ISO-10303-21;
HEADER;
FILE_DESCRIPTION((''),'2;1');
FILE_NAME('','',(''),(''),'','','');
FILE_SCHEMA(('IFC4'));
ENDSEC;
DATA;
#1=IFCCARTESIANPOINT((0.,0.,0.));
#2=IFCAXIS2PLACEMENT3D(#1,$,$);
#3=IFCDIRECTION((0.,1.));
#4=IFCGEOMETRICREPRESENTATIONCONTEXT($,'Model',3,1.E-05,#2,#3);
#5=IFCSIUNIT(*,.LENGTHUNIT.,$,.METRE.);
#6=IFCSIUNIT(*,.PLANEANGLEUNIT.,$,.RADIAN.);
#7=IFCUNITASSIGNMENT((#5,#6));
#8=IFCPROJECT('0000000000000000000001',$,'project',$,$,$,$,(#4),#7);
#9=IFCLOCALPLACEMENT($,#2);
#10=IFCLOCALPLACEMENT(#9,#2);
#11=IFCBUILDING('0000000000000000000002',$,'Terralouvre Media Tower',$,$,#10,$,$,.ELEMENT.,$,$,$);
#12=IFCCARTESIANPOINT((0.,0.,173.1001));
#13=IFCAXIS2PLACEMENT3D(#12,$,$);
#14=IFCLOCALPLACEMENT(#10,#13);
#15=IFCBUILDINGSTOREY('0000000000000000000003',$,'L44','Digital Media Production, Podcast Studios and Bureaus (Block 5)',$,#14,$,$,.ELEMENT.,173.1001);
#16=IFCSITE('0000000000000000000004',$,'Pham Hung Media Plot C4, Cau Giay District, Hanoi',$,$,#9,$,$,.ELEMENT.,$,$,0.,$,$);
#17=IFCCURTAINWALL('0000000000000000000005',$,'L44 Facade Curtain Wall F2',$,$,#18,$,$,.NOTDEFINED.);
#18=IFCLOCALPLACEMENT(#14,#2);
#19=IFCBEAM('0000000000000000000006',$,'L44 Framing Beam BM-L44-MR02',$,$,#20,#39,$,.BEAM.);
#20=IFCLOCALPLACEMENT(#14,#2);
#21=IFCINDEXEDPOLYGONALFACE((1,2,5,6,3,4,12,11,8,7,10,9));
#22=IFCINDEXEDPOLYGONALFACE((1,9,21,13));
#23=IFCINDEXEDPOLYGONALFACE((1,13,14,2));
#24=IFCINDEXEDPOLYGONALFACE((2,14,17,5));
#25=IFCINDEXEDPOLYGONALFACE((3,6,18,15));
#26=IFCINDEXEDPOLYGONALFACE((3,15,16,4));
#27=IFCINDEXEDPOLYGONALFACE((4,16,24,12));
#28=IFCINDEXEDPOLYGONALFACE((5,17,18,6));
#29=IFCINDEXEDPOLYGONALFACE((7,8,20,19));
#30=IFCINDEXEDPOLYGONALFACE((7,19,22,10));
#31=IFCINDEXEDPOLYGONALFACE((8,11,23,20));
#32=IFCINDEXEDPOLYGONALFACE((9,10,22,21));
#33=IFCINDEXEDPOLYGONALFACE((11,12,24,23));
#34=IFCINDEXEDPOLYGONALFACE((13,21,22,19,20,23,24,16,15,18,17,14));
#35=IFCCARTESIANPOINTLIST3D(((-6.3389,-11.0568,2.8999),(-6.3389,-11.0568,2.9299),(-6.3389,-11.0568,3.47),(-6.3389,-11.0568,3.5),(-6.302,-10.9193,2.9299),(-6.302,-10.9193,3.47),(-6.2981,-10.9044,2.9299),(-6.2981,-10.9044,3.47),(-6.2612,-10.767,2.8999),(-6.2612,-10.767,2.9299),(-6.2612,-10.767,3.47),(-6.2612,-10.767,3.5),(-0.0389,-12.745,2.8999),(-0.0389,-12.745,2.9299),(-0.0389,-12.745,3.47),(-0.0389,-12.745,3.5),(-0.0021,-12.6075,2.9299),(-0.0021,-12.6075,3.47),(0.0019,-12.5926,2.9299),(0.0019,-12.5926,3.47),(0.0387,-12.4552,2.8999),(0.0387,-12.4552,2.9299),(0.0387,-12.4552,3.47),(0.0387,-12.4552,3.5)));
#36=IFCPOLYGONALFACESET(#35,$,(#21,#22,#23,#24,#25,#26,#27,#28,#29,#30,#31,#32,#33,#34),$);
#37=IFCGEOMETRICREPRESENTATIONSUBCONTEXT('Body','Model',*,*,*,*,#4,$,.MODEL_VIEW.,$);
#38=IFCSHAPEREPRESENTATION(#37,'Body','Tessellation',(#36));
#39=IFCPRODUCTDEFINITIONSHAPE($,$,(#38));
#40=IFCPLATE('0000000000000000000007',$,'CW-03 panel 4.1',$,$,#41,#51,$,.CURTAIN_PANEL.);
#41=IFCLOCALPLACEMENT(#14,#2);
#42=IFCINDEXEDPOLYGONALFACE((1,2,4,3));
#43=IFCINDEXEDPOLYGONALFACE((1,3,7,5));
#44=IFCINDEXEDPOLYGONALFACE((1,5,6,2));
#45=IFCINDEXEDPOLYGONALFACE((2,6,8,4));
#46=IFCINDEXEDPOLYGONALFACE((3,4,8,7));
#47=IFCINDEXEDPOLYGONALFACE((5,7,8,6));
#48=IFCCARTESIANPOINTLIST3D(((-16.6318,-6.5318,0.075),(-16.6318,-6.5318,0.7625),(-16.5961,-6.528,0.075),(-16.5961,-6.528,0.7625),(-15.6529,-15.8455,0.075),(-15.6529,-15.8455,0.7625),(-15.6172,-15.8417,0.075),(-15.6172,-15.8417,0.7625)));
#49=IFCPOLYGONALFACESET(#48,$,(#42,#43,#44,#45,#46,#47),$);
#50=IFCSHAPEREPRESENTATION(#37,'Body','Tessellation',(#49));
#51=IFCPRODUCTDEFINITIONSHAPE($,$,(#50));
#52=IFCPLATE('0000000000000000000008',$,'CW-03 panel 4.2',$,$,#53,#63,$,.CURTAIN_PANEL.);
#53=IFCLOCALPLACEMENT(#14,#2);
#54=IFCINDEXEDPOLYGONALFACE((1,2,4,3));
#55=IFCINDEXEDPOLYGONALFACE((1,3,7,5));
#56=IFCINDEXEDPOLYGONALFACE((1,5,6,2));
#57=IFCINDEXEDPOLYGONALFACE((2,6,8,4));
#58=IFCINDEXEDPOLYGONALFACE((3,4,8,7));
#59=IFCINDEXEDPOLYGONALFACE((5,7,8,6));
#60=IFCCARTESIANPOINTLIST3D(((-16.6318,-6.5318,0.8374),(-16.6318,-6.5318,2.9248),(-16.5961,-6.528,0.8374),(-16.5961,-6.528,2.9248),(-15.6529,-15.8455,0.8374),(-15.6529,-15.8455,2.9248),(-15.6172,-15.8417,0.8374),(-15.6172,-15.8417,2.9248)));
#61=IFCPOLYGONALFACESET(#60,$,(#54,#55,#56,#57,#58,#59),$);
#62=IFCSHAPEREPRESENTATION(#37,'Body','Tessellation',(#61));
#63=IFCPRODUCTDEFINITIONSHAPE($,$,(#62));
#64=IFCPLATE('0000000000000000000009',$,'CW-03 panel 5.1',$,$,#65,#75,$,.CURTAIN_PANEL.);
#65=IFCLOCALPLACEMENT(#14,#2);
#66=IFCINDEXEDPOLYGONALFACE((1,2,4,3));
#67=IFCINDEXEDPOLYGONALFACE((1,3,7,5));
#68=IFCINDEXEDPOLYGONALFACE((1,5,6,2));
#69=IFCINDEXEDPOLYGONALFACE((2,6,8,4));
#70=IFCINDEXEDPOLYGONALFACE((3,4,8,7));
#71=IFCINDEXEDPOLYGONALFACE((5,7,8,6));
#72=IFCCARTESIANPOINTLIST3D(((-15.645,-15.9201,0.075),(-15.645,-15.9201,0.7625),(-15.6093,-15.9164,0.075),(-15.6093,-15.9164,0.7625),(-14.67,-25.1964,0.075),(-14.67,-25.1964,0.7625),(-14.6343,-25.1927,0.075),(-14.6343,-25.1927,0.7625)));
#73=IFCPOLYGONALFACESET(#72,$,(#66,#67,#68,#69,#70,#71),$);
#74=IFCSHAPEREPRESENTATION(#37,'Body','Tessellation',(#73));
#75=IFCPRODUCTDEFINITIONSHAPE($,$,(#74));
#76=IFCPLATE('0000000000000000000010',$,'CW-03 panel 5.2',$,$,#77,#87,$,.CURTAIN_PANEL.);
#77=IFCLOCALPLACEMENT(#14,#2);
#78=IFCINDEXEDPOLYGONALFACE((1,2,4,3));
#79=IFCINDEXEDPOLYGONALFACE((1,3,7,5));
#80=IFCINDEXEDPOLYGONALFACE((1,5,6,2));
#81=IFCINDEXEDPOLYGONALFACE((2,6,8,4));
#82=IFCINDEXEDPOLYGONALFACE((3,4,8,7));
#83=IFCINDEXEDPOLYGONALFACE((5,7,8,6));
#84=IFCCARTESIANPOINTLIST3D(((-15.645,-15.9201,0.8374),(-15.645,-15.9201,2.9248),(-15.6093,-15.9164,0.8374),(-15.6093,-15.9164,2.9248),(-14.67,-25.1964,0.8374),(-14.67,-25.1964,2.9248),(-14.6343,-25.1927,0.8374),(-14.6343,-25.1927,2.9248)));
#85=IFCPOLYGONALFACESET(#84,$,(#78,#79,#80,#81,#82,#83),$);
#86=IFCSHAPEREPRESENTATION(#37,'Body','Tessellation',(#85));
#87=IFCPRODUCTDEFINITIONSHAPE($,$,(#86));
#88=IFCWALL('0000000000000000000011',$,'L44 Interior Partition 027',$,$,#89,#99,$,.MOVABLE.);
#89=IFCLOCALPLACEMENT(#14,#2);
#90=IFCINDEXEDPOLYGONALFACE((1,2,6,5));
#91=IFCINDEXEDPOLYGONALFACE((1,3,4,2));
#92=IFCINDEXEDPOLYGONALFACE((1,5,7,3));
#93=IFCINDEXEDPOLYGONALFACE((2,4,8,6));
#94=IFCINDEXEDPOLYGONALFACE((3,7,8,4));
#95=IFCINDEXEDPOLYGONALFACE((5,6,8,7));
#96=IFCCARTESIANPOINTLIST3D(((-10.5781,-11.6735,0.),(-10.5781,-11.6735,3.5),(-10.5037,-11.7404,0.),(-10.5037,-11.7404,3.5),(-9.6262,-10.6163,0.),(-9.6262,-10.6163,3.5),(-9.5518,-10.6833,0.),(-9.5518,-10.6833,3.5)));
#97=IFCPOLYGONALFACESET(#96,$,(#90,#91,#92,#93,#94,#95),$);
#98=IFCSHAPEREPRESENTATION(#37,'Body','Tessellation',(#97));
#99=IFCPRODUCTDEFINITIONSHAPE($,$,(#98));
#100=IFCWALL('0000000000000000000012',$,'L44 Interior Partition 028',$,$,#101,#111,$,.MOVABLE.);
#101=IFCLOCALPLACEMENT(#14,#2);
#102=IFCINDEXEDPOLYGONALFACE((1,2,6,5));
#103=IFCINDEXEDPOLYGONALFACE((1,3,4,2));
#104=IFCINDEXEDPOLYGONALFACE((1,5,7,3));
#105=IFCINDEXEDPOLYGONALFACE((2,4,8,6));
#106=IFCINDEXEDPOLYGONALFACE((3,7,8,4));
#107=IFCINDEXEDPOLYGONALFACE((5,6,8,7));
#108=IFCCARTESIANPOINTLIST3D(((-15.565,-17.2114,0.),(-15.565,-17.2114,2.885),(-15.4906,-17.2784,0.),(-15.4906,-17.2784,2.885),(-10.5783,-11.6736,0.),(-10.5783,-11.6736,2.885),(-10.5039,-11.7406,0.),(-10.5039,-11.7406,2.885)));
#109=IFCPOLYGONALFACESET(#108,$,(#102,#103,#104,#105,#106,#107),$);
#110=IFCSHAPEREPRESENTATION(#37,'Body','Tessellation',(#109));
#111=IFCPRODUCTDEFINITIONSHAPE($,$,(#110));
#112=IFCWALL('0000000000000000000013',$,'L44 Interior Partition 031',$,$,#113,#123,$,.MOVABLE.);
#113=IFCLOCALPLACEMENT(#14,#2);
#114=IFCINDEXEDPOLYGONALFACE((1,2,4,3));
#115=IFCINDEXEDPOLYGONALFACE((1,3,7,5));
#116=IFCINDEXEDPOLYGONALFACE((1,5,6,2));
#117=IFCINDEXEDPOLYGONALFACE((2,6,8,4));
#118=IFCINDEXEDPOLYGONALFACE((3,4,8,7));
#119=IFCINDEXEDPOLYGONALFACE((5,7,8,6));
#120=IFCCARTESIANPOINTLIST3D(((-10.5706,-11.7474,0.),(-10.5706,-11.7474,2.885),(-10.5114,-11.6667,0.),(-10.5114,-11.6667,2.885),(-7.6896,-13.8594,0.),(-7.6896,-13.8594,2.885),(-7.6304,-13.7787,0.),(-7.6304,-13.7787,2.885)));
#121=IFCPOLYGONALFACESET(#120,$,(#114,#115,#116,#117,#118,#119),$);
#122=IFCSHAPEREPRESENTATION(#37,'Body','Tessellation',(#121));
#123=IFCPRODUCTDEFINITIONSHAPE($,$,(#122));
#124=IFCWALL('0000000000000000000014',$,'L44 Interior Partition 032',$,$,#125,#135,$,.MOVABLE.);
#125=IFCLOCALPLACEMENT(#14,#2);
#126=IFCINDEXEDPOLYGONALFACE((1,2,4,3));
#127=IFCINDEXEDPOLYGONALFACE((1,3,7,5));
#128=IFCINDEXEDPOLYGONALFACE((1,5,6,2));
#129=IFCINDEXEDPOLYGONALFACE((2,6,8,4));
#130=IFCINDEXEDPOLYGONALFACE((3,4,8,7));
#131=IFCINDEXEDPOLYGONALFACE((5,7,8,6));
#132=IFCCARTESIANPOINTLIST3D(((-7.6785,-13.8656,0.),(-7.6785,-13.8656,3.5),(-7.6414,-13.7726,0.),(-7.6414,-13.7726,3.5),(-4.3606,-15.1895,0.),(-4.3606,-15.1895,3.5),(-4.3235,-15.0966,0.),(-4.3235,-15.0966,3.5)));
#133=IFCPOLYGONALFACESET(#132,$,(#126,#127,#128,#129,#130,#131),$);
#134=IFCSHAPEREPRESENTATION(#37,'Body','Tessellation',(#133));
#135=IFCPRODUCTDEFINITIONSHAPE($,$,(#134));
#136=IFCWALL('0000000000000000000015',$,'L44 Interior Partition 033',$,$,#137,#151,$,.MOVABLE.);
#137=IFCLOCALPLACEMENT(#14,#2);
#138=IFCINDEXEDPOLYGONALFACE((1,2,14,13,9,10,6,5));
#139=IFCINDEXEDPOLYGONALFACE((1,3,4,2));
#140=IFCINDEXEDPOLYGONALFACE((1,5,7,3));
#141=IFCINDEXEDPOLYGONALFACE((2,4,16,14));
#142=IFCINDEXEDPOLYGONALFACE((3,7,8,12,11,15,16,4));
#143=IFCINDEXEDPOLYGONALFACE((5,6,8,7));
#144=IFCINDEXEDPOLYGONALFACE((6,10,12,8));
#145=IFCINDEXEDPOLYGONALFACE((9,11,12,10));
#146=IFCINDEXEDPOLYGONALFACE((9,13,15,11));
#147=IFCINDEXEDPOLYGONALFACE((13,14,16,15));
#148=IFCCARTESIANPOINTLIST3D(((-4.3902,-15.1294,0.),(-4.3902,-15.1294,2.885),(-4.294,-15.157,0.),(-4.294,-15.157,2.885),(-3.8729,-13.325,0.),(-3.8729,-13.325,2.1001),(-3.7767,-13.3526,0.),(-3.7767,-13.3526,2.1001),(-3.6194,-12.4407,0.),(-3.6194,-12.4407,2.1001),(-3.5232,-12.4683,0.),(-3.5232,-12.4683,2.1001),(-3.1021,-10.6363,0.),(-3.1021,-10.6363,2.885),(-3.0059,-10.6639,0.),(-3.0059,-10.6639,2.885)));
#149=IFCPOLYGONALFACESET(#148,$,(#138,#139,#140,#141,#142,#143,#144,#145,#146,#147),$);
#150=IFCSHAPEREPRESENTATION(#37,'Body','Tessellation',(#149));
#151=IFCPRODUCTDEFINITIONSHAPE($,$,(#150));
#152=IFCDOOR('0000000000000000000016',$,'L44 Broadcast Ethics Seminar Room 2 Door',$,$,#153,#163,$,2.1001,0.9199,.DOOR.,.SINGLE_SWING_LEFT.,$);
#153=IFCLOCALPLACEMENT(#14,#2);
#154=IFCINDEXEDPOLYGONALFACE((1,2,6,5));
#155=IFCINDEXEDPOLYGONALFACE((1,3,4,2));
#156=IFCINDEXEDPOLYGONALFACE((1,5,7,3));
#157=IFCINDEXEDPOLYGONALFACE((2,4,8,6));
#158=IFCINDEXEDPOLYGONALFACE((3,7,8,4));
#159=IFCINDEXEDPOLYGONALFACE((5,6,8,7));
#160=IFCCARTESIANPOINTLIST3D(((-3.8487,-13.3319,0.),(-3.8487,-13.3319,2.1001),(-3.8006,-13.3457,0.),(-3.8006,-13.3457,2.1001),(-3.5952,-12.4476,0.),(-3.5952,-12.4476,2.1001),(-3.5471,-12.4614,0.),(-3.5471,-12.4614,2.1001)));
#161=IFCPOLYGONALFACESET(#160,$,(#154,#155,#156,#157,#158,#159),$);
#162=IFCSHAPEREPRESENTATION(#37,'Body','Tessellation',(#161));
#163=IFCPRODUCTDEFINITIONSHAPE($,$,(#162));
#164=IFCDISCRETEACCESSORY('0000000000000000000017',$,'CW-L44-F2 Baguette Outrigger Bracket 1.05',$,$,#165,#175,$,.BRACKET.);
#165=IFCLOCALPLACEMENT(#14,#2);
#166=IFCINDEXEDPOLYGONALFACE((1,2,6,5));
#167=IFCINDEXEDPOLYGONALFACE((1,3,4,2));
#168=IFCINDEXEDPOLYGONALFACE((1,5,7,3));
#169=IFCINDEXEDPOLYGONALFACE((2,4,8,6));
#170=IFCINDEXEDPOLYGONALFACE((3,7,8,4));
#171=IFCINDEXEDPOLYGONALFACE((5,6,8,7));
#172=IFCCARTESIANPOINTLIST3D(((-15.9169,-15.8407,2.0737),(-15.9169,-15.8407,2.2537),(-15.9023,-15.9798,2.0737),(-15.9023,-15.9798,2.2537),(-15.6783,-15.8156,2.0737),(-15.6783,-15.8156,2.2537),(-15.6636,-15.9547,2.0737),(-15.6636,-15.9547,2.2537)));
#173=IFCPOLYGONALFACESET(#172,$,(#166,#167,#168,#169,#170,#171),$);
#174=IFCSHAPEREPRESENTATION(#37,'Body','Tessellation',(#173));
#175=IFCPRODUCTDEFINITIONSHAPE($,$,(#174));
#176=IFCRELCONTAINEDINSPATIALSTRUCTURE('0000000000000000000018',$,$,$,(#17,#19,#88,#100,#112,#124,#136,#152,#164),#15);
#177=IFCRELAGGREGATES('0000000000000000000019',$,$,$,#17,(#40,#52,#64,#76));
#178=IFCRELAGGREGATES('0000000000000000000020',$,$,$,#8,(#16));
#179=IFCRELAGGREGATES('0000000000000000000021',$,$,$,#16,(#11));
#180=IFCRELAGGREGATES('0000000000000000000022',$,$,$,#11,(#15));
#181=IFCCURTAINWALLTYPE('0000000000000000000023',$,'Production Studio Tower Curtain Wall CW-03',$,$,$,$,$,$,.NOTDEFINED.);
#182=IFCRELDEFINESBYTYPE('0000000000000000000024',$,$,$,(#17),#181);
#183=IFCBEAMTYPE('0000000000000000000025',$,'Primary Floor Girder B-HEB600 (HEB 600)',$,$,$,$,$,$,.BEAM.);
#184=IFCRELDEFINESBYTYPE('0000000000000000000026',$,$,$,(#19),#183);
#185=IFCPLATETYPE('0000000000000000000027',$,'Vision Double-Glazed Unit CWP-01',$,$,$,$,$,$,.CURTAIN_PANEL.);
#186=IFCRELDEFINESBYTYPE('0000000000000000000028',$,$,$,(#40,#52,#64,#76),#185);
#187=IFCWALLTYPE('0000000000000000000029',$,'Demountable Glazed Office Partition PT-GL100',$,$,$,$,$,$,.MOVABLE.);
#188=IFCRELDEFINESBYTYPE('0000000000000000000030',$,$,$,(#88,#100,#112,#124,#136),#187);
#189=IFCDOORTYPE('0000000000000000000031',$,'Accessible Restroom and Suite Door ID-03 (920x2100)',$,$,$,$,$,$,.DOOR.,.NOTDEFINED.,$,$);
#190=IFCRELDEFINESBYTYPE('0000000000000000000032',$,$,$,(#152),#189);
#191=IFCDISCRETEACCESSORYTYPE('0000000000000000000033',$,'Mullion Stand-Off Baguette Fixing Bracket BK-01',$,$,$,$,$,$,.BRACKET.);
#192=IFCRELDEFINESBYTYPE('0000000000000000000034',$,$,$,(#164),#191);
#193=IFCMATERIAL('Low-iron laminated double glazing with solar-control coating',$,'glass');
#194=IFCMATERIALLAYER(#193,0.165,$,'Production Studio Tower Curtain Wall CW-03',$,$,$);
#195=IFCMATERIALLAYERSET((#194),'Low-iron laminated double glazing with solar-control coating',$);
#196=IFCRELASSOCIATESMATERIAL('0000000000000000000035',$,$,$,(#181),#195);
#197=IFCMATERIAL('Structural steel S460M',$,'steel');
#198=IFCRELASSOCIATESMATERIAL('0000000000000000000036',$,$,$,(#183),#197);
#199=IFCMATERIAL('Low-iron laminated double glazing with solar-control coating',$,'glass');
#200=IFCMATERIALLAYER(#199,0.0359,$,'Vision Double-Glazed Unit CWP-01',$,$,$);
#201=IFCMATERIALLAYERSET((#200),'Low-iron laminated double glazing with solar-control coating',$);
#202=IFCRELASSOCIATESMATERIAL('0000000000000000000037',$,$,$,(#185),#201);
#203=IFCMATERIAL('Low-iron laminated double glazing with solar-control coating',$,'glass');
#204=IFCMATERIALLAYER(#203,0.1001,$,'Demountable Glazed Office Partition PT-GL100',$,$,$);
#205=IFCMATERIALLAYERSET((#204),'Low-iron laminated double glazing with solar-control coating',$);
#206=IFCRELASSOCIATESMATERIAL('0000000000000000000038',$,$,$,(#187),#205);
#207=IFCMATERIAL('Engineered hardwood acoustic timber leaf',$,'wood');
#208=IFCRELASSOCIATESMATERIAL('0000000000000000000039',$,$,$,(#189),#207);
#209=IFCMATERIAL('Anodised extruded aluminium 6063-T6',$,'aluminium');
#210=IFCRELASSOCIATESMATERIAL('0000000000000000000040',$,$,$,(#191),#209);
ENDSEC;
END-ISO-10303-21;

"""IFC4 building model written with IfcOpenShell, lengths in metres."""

from ifc_helpers import new_model, si_unit, direction, frame, frame_2d, origin, origin_2d, place, context, subcontext, project, spatial, rectangle, i_section, extrude, material, layer, layer_set, material_profile, profile_set, type_object, element, fill, aggregate, save


model = new_model("IFC4")

# Units and contexts
model_context = context("Model", 3, precision=1e-05, world=origin(), true_north=direction((0.0, 1.0)))
body_context = subcontext(model_context, "Body", "Model", "MODEL_VIEW")
ifc_project = project(units=[si_unit("LENGTHUNIT", "METRE"), si_unit("PLANEANGLEUNIT", "RADIAN")], contexts=[model_context])

# Site, building, storey
site_placement = place(None, origin())
site = spatial("IfcSite", under=ifc_project, at=site_placement, Name="Pham Hung Media Plot C4, Cau Giay District, Hanoi", CompositionType="ELEMENT", RefElevation=0.0)
building_placement = place(site_placement, origin())
building = spatial("IfcBuilding", under=site, at=building_placement, Name="Terralouvre Media Tower", CompositionType="ELEMENT")
storey_placement = place(building_placement, frame((0.0, 0.0, 173.1001)))
storey = spatial("IfcBuildingStorey", under=building, at=storey_placement, Name="L44", Description="Digital Media Production, Podcast Studios and Bureaus (Block 5)", CompositionType="ELEMENT", Elevation=173.1001)

# Curtain wall
ifc_material_1 = material(Name="Low-iron laminated double glazing with solar-control coating", Category="glass")
ifc_layer_1 = layer(ifc_material_1, 0.165, Name="Production Studio Tower Curtain Wall CW-03")
ifc_layer_set_1 = layer_set([ifc_layer_1], Name="Low-iron laminated double glazing with solar-control coating")
curtain_wall_type = type_object("IfcCurtainWallType", Name="Production Studio Tower Curtain Wall CW-03", PredefinedType="NOTDEFINED", material=ifc_layer_set_1)
curtain_wall_1_placement = place(storey_placement, origin())
curtain_wall_1 = element("IfcCurtainWall", 1, at=curtain_wall_1_placement, inside=storey, type_object=curtain_wall_type, Name="L44 Facade Curtain Wall F2", PredefinedType="NOTDEFINED")

# Beam
ifc_material_2 = material(Name="Structural steel S460M", Category="steel")
ifc_material_profile_1 = material_profile(ifc_material_2, i_section(OverallWidth=0.3, OverallDepth=0.6001, WebThickness=0.0154, FlangeThickness=0.03, at=origin_2d()), Name="HEB 600")
ifc_profile_set_1 = profile_set([ifc_material_profile_1], Name="Structural steel S460M")
beam_type_1 = type_object("IfcBeamType", Name="Primary Floor Girder B-HEB600 (HEB 600)", PredefinedType="BEAM", material=ifc_profile_set_1)
beam_1_placement = place(storey_placement, frame((-6.3, -10.9119, 3.2), z_axis=(0.96592, -0.258839, 0.0), x_axis=(0.258839, 0.96592, 0.0)))
element("IfcBeam", 2, at=beam_1_placement, inside=storey, type_object=beam_type_1, Name="L44 Framing Beam BM-L44-MR02", PredefinedType="BEAM", context=body_context, shape_type="SweptSolid", body=[
    extrude(i_section(OverallWidth=0.3, OverallDepth=0.6001, WebThickness=0.0154, FlangeThickness=0.03, at=origin_2d()), origin(), (0.0, 0.0, 1.0), 6.5222),
])

# Plates
ifc_material_3 = material(Name="Low-iron laminated double glazing with solar-control coating", Category="glass")
ifc_layer_2 = layer(ifc_material_3, 0.0359, Name="Vision Double-Glazed Unit CWP-01")
ifc_layer_set_2 = layer_set([ifc_layer_2], Name="Low-iron laminated double glazing with solar-control coating")
plate_type = type_object("IfcPlateType", Name="Vision Double-Glazed Unit CWP-01", PredefinedType="CURTAIN_PANEL", material=ifc_layer_set_2)
plate_1_placement = place(storey_placement, frame((-16.1245, -11.1868, 0.075), z_axis=(0.0, 0.0, 1.0), x_axis=(0.104528, -0.994522, 0.0)))
plate_1 = element("IfcPlate", 3, at=plate_1_placement, type_object=plate_type, Name="CW-03 panel 4.1", PredefinedType="CURTAIN_PANEL", context=body_context, shape_type="SweptSolid", body=[
    extrude(rectangle(XDim=9.365, YDim=0.0359, at=origin_2d()), origin(), (0.0, 0.0, 1.0), 0.6875),
])
plate_2_placement = place(storey_placement, frame((-16.1245, -11.1868, 0.8374), z_axis=(0.0, 0.0, 1.0), x_axis=(0.104528, -0.994522, 0.0)))
plate_2 = element("IfcPlate", 4, at=plate_2_placement, type_object=plate_type, Name="CW-03 panel 4.2", PredefinedType="CURTAIN_PANEL", context=body_context, shape_type="SweptSolid", body=[
    extrude(rectangle(XDim=9.365, YDim=0.0359, at=origin_2d()), origin(), (0.0, 0.0, 1.0), 2.0874),
])
plate_3_placement = place(storey_placement, frame((-15.1396, -20.5564, 0.075), z_axis=(0.0, 0.0, 1.0), x_axis=(0.104528, -0.994522, 0.0)))
plate_3 = element("IfcPlate", 5, at=plate_3_placement, type_object=plate_type, Name="CW-03 panel 5.1", PredefinedType="CURTAIN_PANEL", context=body_context, shape_type="SweptSolid", body=[
    extrude(rectangle(XDim=9.3274, YDim=0.0359, at=origin_2d()), origin(), (0.0, 0.0, 1.0), 0.6875),
])
plate_4_placement = place(storey_placement, frame((-15.1396, -20.5564, 0.8374), z_axis=(0.0, 0.0, 1.0), x_axis=(0.104528, -0.994522, 0.0)))
plate_4 = element("IfcPlate", 6, at=plate_4_placement, type_object=plate_type, Name="CW-03 panel 5.2", PredefinedType="CURTAIN_PANEL", context=body_context, shape_type="SweptSolid", body=[
    extrude(rectangle(XDim=9.3274, YDim=0.0359, at=origin_2d()), origin(), (0.0, 0.0, 1.0), 2.0874),
])
aggregate(curtain_wall_1, [plate_1, plate_2, plate_3, plate_4])

# Walls
ifc_material_4 = material(Name="Low-iron laminated double glazing with solar-control coating", Category="glass")
ifc_layer_3 = layer(ifc_material_4, 0.1001, Name="Demountable Glazed Office Partition PT-GL100")
ifc_layer_set_3 = layer_set([ifc_layer_3], Name="Low-iron laminated double glazing with solar-control coating")
wall_type = type_object("IfcWallType", Name="Demountable Glazed Office Partition PT-GL100", PredefinedType="MOVABLE", material=ifc_layer_set_3)
wall_1_placement = place(storey_placement, frame((-10.541, -11.707, 0.0), z_axis=(0.0, 0.0, 1.0), x_axis=(0.669154, 0.743123, 0.0)))
element("IfcWall", 7, at=wall_1_placement, inside=storey, type_object=wall_type, Name="L44 Interior Partition 027", PredefinedType="MOVABLE", context=body_context, shape_type="SweptSolid", body=[
    extrude(rectangle(XDim=1.4226, YDim=0.1001, at=frame_2d((0.7114, 0.0))), origin(), (0.0, 0.0, 1.0), 3.5),
])
wall_2_placement = place(storey_placement, frame((-15.5278, -17.2449, 0.0), z_axis=(0.0, 0.0, 1.0), x_axis=(0.669169, 0.74311, 0.0)))
element("IfcWall", 8, at=wall_2_placement, inside=storey, type_object=wall_type, Name="L44 Interior Partition 028", PredefinedType="MOVABLE", context=body_context, shape_type="SweptSolid", body=[
    extrude(rectangle(XDim=7.4521, YDim=0.1001, at=frame_2d((3.7261, 0.0))), origin(), (0.0, 0.0, 1.0), 2.885),
])
wall_3_placement = place(storey_placement, frame((-10.541, -11.707, 0.0), z_axis=(0.0, 0.0, 1.0), x_axis=(0.806505, -0.591227, 0.0)))
element("IfcWall", 9, at=wall_3_placement, inside=storey, type_object=wall_type, Name="L44 Interior Partition 031", PredefinedType="MOVABLE", context=body_context, shape_type="SweptSolid", body=[
    extrude(rectangle(XDim=3.5723, YDim=0.1001, at=frame_2d((1.7861, 0.0))), origin(), (0.0, 0.0, 1.0), 2.885),
])
wall_4_placement = place(storey_placement, frame((-7.6599, -13.8191, 0.0), z_axis=(0.0, 0.0, 1.0), x_axis=(0.928783, -0.370625, 0.0)))
element("IfcWall", 10, at=wall_4_placement, inside=storey, type_object=wall_type, Name="L44 Interior Partition 032", PredefinedType="MOVABLE", context=body_context, shape_type="SweptSolid", body=[
    extrude(rectangle(XDim=3.5723, YDim=0.1001, at=frame_2d((1.7861, 0.0))), origin(), (0.0, 0.0, 1.0), 3.5),
])

# Wall, opening, door
wall_5_placement = place(storey_placement, frame((-4.342, -15.1431, 0.0), z_axis=(0.0, 0.0, 1.0), x_axis=(0.275576, 0.961279, 0.0)))
wall_5 = element("IfcWall", 11, at=wall_5_placement, inside=storey, type_object=wall_type, Name="L44 Interior Partition 033", PredefinedType="MOVABLE", context=body_context, shape_type="SweptSolid", body=[
    extrude(rectangle(XDim=4.6741, YDim=0.1001, at=frame_2d((2.3369, 0.0))), origin(), (0.0, 0.0, 1.0), 2.885),
])
opening_placement = place(wall_5_placement, frame((1.877, 0.0, 0.0)))
opening = element("IfcOpeningElement", 12, at=opening_placement, cuts=wall_5, PredefinedType="OPENING", context=body_context, shape_type="SweptSolid", body=[
    extrude(rectangle(XDim=0.9199, YDim=2.1001, at=frame_2d((0.46, 1.05))), frame((0.0, 0.0601, 0.0), z_axis=(0.0, -1.0, 0.0), x_axis=(1.0, 0.0, 0.0)), (0.0, 0.0, 1.0), 0.1201),
])
ifc_material_5 = material(Name="Engineered hardwood acoustic timber leaf", Category="wood")
door_type = type_object("IfcDoorType", Name="Accessible Restroom and Suite Door ID-03 (920x2100)", OperationType="NOTDEFINED", PredefinedType="DOOR", material=ifc_material_5)
door_placement = place(opening_placement, origin())
door = element("IfcDoor", 13, at=door_placement, inside=storey, type_object=door_type, Name="L44 Broadcast Ethics Seminar Room 2 Door", OperationType="SINGLE_SWING_LEFT", OverallHeight=2.1001, OverallWidth=0.9199, PredefinedType="DOOR", context=body_context, shape_type="SweptSolid", body=[
    extrude(rectangle(XDim=0.9199, YDim=2.1001, at=frame_2d((0.46, 1.05))), frame((0.0, 0.0249, 0.0), z_axis=(0.0, -1.0, 0.0), x_axis=(1.0, 0.0, 0.0)), (0.0, 0.0, 1.0), 0.05),
])
fill(opening, door)

# Discrete accessory
ifc_material_6 = material(Name="Anodised extruded aluminium 6063-T6", Category="aluminium")
discrete_accessory_type = type_object("IfcDiscreteAccessoryType", Name="Mullion Stand-Off Baguette Fixing Bracket BK-01", PredefinedType="BRACKET", material=ifc_material_6)
discrete_accessory_placement = place(storey_placement, frame((-15.7903, -15.8977, 2.0737), z_axis=(0.0, 0.0, 1.0), x_axis=(0.104528, -0.994522, 0.0)))
element("IfcDiscreteAccessory", 14, at=discrete_accessory_placement, inside=storey, type_object=discrete_accessory_type, Name="CW-L44-F2 Baguette Outrigger Bracket 1.05", PredefinedType="BRACKET", context=body_context, shape_type="SweptSolid", body=[
    extrude(rectangle(XDim=0.1399, YDim=0.24, at=origin_2d()), origin(), (0.0, 0.0, 1.0), 0.1799),
])

save(model, "model.ifc")
